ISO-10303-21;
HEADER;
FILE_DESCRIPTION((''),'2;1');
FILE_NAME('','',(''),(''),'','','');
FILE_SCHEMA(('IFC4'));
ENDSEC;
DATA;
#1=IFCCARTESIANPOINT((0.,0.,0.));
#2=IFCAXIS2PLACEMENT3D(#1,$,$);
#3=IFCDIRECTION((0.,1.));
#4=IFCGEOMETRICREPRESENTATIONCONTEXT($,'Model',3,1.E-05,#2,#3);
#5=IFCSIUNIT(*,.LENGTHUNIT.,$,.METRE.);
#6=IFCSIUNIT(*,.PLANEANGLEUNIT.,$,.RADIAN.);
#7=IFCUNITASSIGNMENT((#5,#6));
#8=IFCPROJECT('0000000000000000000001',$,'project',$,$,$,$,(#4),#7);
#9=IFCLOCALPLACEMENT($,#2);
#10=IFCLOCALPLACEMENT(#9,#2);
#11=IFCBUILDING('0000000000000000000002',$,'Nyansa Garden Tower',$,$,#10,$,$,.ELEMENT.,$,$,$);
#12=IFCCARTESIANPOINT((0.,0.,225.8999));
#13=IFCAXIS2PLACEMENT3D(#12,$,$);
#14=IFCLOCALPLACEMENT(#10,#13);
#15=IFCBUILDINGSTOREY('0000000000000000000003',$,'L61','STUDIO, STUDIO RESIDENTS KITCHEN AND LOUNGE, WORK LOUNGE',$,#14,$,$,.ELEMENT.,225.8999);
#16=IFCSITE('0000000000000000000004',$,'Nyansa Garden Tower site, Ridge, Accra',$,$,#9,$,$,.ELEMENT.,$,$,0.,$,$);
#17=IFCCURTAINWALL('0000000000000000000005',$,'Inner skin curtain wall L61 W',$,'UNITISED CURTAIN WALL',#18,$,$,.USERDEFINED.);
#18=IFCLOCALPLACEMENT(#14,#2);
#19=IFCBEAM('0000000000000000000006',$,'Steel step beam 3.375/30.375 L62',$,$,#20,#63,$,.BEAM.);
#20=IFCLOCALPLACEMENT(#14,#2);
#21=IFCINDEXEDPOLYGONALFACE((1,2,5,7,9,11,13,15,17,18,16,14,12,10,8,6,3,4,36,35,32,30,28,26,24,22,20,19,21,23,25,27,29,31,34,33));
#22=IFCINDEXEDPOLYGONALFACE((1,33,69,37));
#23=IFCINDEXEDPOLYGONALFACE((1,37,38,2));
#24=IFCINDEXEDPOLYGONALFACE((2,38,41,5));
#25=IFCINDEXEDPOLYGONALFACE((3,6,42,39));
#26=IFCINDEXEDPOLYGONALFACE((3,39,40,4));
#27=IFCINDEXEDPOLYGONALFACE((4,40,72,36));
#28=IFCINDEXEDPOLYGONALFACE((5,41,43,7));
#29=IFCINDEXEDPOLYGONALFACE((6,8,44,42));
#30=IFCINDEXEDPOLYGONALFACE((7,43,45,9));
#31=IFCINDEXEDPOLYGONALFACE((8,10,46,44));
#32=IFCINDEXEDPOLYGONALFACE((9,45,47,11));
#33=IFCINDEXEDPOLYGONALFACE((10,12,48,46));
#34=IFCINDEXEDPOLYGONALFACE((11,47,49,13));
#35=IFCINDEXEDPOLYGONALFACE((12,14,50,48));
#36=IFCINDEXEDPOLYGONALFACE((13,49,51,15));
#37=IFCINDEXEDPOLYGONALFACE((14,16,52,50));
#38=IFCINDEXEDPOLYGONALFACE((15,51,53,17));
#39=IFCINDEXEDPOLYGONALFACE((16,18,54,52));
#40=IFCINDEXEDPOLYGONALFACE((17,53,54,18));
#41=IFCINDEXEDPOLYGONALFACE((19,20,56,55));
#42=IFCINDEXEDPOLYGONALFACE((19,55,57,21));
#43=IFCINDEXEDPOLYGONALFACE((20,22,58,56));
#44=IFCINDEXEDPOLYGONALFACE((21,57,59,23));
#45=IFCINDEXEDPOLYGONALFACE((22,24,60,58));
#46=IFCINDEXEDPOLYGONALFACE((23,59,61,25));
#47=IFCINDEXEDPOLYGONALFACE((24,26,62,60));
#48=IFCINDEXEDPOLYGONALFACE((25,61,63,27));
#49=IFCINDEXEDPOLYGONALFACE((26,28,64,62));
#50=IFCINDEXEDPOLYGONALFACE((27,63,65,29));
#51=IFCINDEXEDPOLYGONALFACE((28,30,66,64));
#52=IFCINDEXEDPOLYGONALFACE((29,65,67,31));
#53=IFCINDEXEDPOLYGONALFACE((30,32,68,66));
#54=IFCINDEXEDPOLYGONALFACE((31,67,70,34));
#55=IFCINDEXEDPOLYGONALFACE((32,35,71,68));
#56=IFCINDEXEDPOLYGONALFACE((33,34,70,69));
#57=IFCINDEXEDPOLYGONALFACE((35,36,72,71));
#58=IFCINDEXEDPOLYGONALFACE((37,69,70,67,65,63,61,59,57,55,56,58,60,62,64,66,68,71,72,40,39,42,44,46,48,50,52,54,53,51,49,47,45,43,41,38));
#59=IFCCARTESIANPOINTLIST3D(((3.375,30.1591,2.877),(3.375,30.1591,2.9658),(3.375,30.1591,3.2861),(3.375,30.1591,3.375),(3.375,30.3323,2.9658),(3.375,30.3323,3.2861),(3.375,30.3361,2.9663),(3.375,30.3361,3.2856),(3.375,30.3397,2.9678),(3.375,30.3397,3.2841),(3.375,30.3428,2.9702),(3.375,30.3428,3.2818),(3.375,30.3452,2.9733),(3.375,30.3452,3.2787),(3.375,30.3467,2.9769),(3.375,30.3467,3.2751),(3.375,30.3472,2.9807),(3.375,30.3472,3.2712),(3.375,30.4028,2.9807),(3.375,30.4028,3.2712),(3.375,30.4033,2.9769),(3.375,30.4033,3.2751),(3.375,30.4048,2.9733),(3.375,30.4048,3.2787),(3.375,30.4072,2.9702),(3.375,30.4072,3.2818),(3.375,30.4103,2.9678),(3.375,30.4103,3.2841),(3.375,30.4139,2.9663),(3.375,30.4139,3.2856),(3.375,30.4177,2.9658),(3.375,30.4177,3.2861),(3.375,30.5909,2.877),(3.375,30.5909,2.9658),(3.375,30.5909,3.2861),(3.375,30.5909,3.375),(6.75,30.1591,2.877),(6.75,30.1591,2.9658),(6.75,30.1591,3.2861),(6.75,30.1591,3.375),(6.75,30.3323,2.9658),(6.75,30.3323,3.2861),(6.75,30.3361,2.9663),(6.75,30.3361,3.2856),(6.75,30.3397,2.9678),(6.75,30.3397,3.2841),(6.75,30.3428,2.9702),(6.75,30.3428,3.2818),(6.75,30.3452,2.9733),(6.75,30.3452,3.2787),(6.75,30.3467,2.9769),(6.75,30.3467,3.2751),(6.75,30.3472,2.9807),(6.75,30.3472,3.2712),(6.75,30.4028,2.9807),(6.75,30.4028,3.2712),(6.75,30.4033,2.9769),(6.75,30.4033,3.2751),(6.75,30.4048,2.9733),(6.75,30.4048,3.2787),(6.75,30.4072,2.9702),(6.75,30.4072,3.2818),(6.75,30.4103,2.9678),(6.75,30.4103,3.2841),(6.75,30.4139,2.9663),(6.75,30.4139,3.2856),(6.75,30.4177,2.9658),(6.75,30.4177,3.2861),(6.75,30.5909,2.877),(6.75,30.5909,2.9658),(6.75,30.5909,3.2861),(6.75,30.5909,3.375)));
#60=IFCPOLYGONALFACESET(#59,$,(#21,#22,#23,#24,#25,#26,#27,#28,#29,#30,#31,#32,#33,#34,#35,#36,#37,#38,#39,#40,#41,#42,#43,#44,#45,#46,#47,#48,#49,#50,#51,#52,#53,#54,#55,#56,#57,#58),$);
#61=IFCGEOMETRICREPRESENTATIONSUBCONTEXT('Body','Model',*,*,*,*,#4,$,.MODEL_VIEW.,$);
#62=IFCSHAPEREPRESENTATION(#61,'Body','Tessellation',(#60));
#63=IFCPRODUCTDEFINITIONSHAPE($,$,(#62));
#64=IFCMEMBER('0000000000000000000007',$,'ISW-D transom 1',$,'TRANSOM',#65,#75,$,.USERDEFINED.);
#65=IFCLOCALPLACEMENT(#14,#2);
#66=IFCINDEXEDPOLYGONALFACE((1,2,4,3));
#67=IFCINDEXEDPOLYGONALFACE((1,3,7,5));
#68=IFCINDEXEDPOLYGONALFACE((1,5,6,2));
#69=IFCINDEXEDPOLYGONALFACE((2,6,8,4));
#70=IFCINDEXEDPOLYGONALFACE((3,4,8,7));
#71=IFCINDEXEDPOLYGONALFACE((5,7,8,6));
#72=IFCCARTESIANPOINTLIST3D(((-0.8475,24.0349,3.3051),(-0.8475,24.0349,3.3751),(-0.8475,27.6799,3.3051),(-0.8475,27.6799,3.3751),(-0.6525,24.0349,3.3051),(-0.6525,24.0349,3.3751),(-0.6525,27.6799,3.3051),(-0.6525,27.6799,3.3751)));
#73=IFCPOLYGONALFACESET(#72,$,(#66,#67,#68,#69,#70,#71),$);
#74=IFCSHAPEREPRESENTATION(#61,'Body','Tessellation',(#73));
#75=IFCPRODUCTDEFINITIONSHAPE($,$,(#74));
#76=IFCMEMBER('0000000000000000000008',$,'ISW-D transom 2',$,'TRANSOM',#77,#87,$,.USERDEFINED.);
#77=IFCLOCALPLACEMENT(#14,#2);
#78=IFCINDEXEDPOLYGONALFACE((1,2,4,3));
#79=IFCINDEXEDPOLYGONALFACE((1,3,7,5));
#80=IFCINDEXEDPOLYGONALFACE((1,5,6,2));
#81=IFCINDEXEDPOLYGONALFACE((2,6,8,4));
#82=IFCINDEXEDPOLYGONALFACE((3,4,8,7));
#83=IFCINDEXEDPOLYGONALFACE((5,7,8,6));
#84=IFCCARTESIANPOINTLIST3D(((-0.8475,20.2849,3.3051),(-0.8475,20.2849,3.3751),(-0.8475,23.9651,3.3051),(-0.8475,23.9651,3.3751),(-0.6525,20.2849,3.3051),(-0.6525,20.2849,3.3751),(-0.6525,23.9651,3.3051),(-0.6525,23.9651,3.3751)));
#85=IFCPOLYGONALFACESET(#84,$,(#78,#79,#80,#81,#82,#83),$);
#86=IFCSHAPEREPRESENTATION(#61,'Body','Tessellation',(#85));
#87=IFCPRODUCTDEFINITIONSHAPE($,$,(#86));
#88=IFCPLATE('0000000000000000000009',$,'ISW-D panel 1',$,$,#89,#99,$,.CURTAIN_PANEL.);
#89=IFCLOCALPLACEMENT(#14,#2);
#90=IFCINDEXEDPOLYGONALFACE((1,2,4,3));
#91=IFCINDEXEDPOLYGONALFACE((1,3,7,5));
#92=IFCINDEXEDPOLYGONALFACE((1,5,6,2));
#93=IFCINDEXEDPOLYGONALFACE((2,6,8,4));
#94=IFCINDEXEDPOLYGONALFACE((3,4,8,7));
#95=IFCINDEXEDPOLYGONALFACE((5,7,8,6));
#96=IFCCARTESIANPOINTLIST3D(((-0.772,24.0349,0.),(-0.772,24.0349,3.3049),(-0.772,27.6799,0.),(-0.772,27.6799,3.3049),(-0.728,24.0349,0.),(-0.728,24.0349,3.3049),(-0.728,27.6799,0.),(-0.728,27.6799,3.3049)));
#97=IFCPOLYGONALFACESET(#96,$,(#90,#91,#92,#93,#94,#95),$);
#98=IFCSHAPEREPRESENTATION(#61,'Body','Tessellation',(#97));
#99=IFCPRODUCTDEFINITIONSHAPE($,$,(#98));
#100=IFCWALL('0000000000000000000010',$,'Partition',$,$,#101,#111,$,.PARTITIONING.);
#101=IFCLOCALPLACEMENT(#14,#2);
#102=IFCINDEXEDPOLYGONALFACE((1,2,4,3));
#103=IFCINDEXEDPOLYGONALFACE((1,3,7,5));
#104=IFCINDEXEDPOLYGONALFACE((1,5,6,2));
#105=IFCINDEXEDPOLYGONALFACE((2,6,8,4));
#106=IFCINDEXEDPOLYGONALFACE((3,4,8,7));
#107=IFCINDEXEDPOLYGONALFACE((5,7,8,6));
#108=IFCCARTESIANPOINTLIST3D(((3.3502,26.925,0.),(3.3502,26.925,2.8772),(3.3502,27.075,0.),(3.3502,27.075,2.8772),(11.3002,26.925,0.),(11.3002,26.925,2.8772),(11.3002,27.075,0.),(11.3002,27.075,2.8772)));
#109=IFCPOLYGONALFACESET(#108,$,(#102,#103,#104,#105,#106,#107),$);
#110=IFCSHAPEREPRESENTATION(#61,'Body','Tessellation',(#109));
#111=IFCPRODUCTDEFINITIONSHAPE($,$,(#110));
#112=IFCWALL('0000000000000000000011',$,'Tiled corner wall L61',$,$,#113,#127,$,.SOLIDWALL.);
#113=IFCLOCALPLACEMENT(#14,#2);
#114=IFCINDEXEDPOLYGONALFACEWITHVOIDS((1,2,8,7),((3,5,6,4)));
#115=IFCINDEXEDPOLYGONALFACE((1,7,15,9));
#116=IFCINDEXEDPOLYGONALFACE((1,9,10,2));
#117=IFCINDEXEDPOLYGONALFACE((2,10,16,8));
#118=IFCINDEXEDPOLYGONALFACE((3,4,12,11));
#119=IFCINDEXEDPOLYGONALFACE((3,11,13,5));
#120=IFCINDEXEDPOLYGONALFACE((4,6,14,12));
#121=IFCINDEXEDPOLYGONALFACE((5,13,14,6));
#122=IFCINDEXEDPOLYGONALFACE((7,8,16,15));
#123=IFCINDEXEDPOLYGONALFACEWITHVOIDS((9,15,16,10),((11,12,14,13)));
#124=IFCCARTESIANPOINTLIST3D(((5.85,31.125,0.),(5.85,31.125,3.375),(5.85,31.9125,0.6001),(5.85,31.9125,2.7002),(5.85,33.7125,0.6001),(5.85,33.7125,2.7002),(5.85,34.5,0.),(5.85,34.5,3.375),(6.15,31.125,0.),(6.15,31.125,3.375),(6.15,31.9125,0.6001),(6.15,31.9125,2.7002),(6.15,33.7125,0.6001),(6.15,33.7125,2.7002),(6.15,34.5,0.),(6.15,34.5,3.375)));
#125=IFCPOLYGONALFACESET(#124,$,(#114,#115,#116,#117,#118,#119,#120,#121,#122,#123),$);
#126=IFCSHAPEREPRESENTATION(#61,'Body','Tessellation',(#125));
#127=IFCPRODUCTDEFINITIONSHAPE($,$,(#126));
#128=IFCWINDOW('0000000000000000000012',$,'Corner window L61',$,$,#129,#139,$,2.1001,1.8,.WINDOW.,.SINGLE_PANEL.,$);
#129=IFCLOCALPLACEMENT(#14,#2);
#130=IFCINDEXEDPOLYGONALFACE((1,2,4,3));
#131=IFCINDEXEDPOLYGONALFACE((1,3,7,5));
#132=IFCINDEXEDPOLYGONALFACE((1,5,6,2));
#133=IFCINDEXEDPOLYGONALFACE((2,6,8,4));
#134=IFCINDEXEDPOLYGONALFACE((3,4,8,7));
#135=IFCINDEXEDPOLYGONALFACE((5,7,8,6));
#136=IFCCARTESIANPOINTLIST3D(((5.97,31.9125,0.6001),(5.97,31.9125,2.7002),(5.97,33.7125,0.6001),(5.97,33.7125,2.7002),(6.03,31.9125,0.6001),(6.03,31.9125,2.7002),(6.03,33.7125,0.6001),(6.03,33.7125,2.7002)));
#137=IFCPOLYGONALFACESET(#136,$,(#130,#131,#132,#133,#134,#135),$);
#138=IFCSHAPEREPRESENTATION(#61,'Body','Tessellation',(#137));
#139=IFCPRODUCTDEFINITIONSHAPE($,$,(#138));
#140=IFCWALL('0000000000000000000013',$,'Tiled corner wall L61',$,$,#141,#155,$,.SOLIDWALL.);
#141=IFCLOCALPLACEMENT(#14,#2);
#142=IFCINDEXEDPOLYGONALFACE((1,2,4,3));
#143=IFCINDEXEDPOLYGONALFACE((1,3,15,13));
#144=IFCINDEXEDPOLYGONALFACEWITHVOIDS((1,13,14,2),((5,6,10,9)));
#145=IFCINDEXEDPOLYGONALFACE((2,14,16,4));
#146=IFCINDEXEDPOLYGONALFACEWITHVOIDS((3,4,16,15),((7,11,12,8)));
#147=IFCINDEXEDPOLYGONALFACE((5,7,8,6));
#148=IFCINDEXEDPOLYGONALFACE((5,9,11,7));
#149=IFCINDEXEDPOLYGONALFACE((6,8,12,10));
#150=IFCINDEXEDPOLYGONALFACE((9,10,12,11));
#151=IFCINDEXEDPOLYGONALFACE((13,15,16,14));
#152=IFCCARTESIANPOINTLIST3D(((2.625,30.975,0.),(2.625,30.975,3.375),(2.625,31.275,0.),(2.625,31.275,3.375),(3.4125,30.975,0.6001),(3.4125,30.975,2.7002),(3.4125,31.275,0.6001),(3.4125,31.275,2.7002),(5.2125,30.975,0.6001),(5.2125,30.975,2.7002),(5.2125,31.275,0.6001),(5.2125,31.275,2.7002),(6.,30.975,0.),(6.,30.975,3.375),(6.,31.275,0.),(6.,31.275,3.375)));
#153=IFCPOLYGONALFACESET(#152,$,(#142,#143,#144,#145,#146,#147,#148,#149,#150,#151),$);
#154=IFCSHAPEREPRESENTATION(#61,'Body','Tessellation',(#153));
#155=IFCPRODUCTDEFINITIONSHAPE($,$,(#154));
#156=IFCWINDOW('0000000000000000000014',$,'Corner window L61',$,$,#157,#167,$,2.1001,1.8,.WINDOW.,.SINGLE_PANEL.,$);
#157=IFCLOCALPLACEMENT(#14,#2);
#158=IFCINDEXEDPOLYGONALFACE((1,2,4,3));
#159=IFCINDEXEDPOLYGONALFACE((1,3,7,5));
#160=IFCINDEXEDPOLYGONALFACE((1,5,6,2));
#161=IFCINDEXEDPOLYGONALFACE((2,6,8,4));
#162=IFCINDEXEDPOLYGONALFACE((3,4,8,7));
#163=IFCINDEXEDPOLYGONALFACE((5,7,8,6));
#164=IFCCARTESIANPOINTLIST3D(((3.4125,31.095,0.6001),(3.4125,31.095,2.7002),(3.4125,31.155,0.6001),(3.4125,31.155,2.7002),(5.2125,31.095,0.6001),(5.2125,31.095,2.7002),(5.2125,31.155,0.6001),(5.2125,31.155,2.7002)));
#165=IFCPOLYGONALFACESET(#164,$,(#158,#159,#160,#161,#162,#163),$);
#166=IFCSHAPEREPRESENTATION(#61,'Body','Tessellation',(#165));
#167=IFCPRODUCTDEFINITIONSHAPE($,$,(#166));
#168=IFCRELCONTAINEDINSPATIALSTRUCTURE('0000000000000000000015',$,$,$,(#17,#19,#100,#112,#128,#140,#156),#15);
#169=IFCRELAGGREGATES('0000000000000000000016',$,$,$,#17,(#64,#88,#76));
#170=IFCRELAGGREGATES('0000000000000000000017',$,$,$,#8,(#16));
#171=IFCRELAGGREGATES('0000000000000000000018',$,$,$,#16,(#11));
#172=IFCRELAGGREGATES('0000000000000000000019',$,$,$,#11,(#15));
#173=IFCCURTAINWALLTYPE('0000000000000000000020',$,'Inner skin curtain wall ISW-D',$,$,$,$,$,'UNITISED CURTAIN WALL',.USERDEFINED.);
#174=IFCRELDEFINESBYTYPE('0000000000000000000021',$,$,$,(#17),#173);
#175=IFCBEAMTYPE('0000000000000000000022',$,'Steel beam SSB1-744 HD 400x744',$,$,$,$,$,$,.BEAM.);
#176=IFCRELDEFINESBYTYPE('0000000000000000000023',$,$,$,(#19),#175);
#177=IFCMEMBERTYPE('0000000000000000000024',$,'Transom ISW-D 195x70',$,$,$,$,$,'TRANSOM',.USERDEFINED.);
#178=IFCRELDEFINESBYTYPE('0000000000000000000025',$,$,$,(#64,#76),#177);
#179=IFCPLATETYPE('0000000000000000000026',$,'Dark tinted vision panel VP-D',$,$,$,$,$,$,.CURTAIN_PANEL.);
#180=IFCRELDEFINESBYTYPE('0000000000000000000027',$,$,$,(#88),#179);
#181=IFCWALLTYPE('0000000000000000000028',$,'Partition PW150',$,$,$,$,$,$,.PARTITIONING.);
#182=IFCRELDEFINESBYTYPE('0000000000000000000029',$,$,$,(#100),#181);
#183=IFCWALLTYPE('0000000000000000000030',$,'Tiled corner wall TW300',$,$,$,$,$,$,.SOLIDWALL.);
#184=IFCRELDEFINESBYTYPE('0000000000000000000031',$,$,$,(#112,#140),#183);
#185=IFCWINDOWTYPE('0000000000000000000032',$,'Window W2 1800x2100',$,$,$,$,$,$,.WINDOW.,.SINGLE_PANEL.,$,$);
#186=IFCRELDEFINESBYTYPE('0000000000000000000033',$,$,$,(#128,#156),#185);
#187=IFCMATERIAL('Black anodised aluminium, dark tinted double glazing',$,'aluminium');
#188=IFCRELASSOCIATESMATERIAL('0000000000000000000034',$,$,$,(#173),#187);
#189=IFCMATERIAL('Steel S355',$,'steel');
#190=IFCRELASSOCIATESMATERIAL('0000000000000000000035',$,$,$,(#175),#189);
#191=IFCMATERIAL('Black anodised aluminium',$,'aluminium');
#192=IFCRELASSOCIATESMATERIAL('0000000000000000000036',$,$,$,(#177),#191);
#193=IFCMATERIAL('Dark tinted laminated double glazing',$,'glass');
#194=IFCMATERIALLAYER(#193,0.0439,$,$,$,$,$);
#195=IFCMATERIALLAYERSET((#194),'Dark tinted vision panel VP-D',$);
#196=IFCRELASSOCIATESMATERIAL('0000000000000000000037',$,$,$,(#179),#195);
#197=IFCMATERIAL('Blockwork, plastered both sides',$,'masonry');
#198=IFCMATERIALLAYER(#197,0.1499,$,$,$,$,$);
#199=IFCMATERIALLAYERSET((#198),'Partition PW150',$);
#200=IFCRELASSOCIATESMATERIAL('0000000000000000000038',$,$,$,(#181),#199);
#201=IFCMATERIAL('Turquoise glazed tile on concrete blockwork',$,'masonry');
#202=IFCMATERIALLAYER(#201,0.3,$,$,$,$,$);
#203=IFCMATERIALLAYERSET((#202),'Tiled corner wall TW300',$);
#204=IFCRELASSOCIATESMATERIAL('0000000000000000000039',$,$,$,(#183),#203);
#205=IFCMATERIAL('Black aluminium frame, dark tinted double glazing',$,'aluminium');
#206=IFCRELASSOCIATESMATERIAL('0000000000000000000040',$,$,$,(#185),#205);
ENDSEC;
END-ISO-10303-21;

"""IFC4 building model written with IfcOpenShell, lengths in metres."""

from ifc_helpers import new_model, si_unit, direction, frame, frame_2d, origin, origin_2d, place, context, subcontext, project, spatial, rectangle, i_section, extrude, material, layer, layer_set, material_profile, profile_set, type_object, element, fill, aggregate, save


model = new_model("IFC4")

# Units and contexts
model_context = context("Model", 3, precision=1e-05, world=origin(), true_north=direction((0.0, 1.0)))
body_context = subcontext(model_context, "Body", "Model", "MODEL_VIEW")
ifc_project = project(units=[si_unit("LENGTHUNIT", "METRE"), si_unit("PLANEANGLEUNIT", "RADIAN")], contexts=[model_context])

# Site, building, storey
site_placement = place(None, origin())
site = spatial("IfcSite", under=ifc_project, at=site_placement, Name="Nyansa Garden Tower site, Ridge, Accra", CompositionType="ELEMENT", RefElevation=0.0)
building_placement = place(site_placement, origin())
building = spatial("IfcBuilding", under=site, at=building_placement, Name="Nyansa Garden Tower", CompositionType="ELEMENT")
storey_placement = place(building_placement, frame((0.0, 0.0, 225.8999)))
storey = spatial("IfcBuildingStorey", under=building, at=storey_placement, Name="L61", Description="STUDIO, STUDIO RESIDENTS KITCHEN AND LOUNGE, WORK LOUNGE", CompositionType="ELEMENT", Elevation=225.8999)

# Shared definitions
ifc_material_1 = material(Name="Black anodised aluminium, dark tinted double glazing", Category="aluminium")
curtain_wall_type = type_object("IfcCurtainWallType", Name="Inner skin curtain wall ISW-D", ElementType="UNITISED CURTAIN WALL", PredefinedType="USERDEFINED", material=ifc_material_1)

# Curtain wall
curtain_wall_1_placement = place(storey_placement, origin())
curtain_wall_1 = element("IfcCurtainWall", 1, at=curtain_wall_1_placement, inside=storey, type_object=curtain_wall_type, Name="Inner skin curtain wall L61 W", ObjectType="UNITISED CURTAIN WALL", PredefinedType="USERDEFINED")

# Beam
ifc_material_2 = material(Name="Steel S355", Category="steel")
ifc_material_profile_1 = material_profile(ifc_material_2, i_section(OverallWidth=0.4319, OverallDepth=0.498, WebThickness=0.0557, FlangeThickness=0.0889, FilletRadius=0.0149, at=origin_2d()), Name="HD 400x744")
ifc_profile_set_1 = profile_set([ifc_material_profile_1], Name="Steel S355")
beam_type_1 = type_object("IfcBeamType", Name="Steel beam SSB1-744 HD 400x744", PredefinedType="BEAM", material=ifc_profile_set_1)
for number, where, z_axis, x_axis, name in (
    (2, (3.375, 30.375, 3.126), (1.0, 0.0, 0.0), (0.0, 1.0, 0.0), "Steel step beam 3.375/30.375 L62"),
):
    element("IfcBeam", number, at=place(storey_placement, frame(where, z_axis=z_axis, x_axis=x_axis)), inside=storey, type_object=beam_type_1, Name=name, PredefinedType="BEAM", context=body_context, shape_type="SweptSolid", body=[
        extrude(i_section(OverallWidth=0.4319, OverallDepth=0.498, WebThickness=0.0557, FlangeThickness=0.0889, FilletRadius=0.0149, at=origin_2d()), origin(), (0.0, 0.0, 1.0), 3.375),
    ])

# Members
ifc_material_3 = material(Name="Black anodised aluminium", Category="aluminium")
ifc_material_profile_2 = material_profile(ifc_material_3, rectangle(XDim=0.1951, YDim=0.0701, at=origin_2d()), Name="Transom 195x70")
ifc_profile_set_2 = profile_set([ifc_material_profile_2], Name="Black anodised aluminium")
member_type_1 = type_object("IfcMemberType", Name="Transom ISW-D 195x70", ElementType="TRANSOM", PredefinedType="USERDEFINED", material=ifc_profile_set_2)
member_1_placement = place(storey_placement, frame((-0.75, 27.6799, 3.3401), z_axis=(0.0, -1.0, 0.0), x_axis=(1.0, 0.0, 0.0)))
member_1 = element("IfcMember", 3, at=member_1_placement, type_object=member_type_1, Name="ISW-D transom 1", ObjectType="TRANSOM", PredefinedType="USERDEFINED", context=body_context, shape_type="SweptSolid", body=[
    extrude(rectangle(XDim=0.1951, YDim=0.0701, at=origin_2d()), origin(), (0.0, 0.0, 1.0), 3.645),
])
member_2_placement = place(storey_placement, frame((-0.75, 23.9651, 3.3401), z_axis=(0.0, -1.0, 0.0), x_axis=(1.0, 0.0, 0.0)))
member_2 = element("IfcMember", 4, at=member_2_placement, type_object=member_type_1, Name="ISW-D transom 2", ObjectType="TRANSOM", PredefinedType="USERDEFINED", context=body_context, shape_type="SweptSolid", body=[
    extrude(rectangle(XDim=0.1951, YDim=0.0701, at=origin_2d()), origin(), (0.0, 0.0, 1.0), 3.6802),
])

# Plate
ifc_material_4 = material(Name="Dark tinted laminated double glazing", Category="glass")
ifc_layer_1 = layer(ifc_material_4, 0.0439)
ifc_layer_set_1 = layer_set([ifc_layer_1], Name="Dark tinted vision panel VP-D")
plate_type = type_object("IfcPlateType", Name="Dark tinted vision panel VP-D", PredefinedType="CURTAIN_PANEL", material=ifc_layer_set_1)
plate_placement = place(storey_placement, frame((-0.75, 25.8574, 0.0), z_axis=(0.0, 0.0, 1.0), x_axis=(0.0, -1.0, 0.0)))
plate = element("IfcPlate", 5, at=plate_placement, type_object=plate_type, Name="ISW-D panel 1", PredefinedType="CURTAIN_PANEL", context=body_context, shape_type="SweptSolid", body=[
    extrude(rectangle(XDim=3.645, YDim=0.0439, at=origin_2d()), origin(), (0.0, 0.0, 1.0), 3.3049),
])
aggregate(curtain_wall_1, [member_1, plate, member_2])

# Wall
ifc_material_5 = material(Name="Blockwork, plastered both sides", Category="masonry")
ifc_layer_2 = layer(ifc_material_5, 0.1499)
ifc_layer_set_2 = layer_set([ifc_layer_2], Name="Partition PW150")
wall_type_1 = type_object("IfcWallType", Name="Partition PW150", PredefinedType="PARTITIONING", material=ifc_layer_set_2)
wall_1_placement = place(storey_placement, frame((3.3501, 27.0, 0.0), z_axis=(0.0, 0.0, 1.0), x_axis=(1.0, 0.0, 0.0)))
element("IfcWall", 6, at=wall_1_placement, inside=storey, type_object=wall_type_1, Name="Partition", PredefinedType="PARTITIONING", context=body_context, shape_type="SweptSolid", body=[
    extrude(rectangle(XDim=7.95, YDim=0.1499, at=frame_2d((3.9751, 0.0))), origin(), (0.0, 0.0, 1.0), 2.8772),
])

# Walls, openings, windows
ifc_material_6 = material(Name="Turquoise glazed tile on concrete blockwork", Category="masonry")
ifc_layer_3 = layer(ifc_material_6, 0.3)
ifc_layer_set_3 = layer_set([ifc_layer_3], Name="Tiled corner wall TW300")
wall_type_2 = type_object("IfcWallType", Name="Tiled corner wall TW300", PredefinedType="SOLIDWALL", material=ifc_layer_set_3)
wall_2_placement = place(storey_placement, frame((6.0, 34.5, 0.0), z_axis=(0.0, 0.0, 1.0), x_axis=(0.0, -1.0, 0.0)))
wall_2 = element("IfcWall", 7, at=wall_2_placement, inside=storey, type_object=wall_type_2, Name="Tiled corner wall L61", PredefinedType="SOLIDWALL", context=body_context, shape_type="SweptSolid", body=[
    extrude(rectangle(XDim=3.375, YDim=0.3, at=frame_2d((1.6875, 0.0))), origin(), (0.0, 0.0, 1.0), 3.375),
])
opening_1_placement = place(wall_2_placement, frame((0.7876, 0.0, 0.6001)))
opening_1 = element("IfcOpeningElement", 8, at=opening_1_placement, cuts=wall_2, PredefinedType="OPENING", context=body_context, shape_type="SweptSolid", body=[
    extrude(rectangle(XDim=1.8, YDim=2.1001, at=frame_2d((0.8999, 1.05))), frame((0.0, 0.1599, 0.0), z_axis=(0.0, -1.0, 0.0), x_axis=(1.0, 0.0, 0.0)), (0.0, 0.0, 1.0), 0.3201),
])
ifc_material_7 = material(Name="Black aluminium frame, dark tinted double glazing", Category="aluminium")
window_type = type_object("IfcWindowType", Name="Window W2 1800x2100", PartitioningType="SINGLE_PANEL", PredefinedType="WINDOW", material=ifc_material_7)
window_1_placement = place(opening_1_placement, origin())
window_1 = element("IfcWindow", 9, at=window_1_placement, inside=storey, type_object=window_type, Name="Corner window L61", OverallHeight=2.1001, OverallWidth=1.8, PartitioningType="SINGLE_PANEL", PredefinedType="WINDOW", context=body_context, shape_type="SweptSolid", body=[
    extrude(rectangle(XDim=1.8, YDim=2.1001, at=frame_2d((0.8999, 1.05))), frame((0.0, 0.03, 0.0), z_axis=(0.0, -1.0, 0.0), x_axis=(1.0, 0.0, 0.0)), (0.0, 0.0, 1.0), 0.0601),
])
fill(opening_1, window_1)
wall_3_placement = place(storey_placement, frame((6.0, 31.125, 0.0), z_axis=(0.0, 0.0, 1.0), x_axis=(-1.0, 0.0, 0.0)))
wall_3 = element("IfcWall", 10, at=wall_3_placement, inside=storey, type_object=wall_type_2, Name="Tiled corner wall L61", PredefinedType="SOLIDWALL", context=body_context, shape_type="SweptSolid", body=[
    extrude(rectangle(XDim=3.375, YDim=0.3, at=frame_2d((1.6875, 0.0))), origin(), (0.0, 0.0, 1.0), 3.375),
])
opening_2_placement = place(wall_3_placement, frame((0.7876, 0.0, 0.6001)))
opening_2 = element("IfcOpeningElement", 11, at=opening_2_placement, cuts=wall_3, PredefinedType="OPENING", context=body_context, shape_type="SweptSolid", body=[
    extrude(rectangle(XDim=1.8, YDim=2.1001, at=frame_2d((0.8999, 1.05))), frame((0.0, 0.1599, 0.0), z_axis=(0.0, -1.0, 0.0), x_axis=(1.0, 0.0, 0.0)), (0.0, 0.0, 1.0), 0.3201),
])
window_2_placement = place(opening_2_placement, origin())
window_2 = element("IfcWindow", 12, at=window_2_placement, inside=storey, type_object=window_type, Name="Corner window L61", OverallHeight=2.1001, OverallWidth=1.8, PartitioningType="SINGLE_PANEL", PredefinedType="WINDOW", context=body_context, shape_type="SweptSolid", body=[
    extrude(rectangle(XDim=1.8, YDim=2.1001, at=frame_2d((0.8999, 1.05))), frame((0.0, 0.03, 0.0), z_axis=(0.0, -1.0, 0.0), x_axis=(1.0, 0.0, 0.0)), (0.0, 0.0, 1.0), 0.0601),
])
fill(opening_2, window_2)

save(model, "model.ifc")
